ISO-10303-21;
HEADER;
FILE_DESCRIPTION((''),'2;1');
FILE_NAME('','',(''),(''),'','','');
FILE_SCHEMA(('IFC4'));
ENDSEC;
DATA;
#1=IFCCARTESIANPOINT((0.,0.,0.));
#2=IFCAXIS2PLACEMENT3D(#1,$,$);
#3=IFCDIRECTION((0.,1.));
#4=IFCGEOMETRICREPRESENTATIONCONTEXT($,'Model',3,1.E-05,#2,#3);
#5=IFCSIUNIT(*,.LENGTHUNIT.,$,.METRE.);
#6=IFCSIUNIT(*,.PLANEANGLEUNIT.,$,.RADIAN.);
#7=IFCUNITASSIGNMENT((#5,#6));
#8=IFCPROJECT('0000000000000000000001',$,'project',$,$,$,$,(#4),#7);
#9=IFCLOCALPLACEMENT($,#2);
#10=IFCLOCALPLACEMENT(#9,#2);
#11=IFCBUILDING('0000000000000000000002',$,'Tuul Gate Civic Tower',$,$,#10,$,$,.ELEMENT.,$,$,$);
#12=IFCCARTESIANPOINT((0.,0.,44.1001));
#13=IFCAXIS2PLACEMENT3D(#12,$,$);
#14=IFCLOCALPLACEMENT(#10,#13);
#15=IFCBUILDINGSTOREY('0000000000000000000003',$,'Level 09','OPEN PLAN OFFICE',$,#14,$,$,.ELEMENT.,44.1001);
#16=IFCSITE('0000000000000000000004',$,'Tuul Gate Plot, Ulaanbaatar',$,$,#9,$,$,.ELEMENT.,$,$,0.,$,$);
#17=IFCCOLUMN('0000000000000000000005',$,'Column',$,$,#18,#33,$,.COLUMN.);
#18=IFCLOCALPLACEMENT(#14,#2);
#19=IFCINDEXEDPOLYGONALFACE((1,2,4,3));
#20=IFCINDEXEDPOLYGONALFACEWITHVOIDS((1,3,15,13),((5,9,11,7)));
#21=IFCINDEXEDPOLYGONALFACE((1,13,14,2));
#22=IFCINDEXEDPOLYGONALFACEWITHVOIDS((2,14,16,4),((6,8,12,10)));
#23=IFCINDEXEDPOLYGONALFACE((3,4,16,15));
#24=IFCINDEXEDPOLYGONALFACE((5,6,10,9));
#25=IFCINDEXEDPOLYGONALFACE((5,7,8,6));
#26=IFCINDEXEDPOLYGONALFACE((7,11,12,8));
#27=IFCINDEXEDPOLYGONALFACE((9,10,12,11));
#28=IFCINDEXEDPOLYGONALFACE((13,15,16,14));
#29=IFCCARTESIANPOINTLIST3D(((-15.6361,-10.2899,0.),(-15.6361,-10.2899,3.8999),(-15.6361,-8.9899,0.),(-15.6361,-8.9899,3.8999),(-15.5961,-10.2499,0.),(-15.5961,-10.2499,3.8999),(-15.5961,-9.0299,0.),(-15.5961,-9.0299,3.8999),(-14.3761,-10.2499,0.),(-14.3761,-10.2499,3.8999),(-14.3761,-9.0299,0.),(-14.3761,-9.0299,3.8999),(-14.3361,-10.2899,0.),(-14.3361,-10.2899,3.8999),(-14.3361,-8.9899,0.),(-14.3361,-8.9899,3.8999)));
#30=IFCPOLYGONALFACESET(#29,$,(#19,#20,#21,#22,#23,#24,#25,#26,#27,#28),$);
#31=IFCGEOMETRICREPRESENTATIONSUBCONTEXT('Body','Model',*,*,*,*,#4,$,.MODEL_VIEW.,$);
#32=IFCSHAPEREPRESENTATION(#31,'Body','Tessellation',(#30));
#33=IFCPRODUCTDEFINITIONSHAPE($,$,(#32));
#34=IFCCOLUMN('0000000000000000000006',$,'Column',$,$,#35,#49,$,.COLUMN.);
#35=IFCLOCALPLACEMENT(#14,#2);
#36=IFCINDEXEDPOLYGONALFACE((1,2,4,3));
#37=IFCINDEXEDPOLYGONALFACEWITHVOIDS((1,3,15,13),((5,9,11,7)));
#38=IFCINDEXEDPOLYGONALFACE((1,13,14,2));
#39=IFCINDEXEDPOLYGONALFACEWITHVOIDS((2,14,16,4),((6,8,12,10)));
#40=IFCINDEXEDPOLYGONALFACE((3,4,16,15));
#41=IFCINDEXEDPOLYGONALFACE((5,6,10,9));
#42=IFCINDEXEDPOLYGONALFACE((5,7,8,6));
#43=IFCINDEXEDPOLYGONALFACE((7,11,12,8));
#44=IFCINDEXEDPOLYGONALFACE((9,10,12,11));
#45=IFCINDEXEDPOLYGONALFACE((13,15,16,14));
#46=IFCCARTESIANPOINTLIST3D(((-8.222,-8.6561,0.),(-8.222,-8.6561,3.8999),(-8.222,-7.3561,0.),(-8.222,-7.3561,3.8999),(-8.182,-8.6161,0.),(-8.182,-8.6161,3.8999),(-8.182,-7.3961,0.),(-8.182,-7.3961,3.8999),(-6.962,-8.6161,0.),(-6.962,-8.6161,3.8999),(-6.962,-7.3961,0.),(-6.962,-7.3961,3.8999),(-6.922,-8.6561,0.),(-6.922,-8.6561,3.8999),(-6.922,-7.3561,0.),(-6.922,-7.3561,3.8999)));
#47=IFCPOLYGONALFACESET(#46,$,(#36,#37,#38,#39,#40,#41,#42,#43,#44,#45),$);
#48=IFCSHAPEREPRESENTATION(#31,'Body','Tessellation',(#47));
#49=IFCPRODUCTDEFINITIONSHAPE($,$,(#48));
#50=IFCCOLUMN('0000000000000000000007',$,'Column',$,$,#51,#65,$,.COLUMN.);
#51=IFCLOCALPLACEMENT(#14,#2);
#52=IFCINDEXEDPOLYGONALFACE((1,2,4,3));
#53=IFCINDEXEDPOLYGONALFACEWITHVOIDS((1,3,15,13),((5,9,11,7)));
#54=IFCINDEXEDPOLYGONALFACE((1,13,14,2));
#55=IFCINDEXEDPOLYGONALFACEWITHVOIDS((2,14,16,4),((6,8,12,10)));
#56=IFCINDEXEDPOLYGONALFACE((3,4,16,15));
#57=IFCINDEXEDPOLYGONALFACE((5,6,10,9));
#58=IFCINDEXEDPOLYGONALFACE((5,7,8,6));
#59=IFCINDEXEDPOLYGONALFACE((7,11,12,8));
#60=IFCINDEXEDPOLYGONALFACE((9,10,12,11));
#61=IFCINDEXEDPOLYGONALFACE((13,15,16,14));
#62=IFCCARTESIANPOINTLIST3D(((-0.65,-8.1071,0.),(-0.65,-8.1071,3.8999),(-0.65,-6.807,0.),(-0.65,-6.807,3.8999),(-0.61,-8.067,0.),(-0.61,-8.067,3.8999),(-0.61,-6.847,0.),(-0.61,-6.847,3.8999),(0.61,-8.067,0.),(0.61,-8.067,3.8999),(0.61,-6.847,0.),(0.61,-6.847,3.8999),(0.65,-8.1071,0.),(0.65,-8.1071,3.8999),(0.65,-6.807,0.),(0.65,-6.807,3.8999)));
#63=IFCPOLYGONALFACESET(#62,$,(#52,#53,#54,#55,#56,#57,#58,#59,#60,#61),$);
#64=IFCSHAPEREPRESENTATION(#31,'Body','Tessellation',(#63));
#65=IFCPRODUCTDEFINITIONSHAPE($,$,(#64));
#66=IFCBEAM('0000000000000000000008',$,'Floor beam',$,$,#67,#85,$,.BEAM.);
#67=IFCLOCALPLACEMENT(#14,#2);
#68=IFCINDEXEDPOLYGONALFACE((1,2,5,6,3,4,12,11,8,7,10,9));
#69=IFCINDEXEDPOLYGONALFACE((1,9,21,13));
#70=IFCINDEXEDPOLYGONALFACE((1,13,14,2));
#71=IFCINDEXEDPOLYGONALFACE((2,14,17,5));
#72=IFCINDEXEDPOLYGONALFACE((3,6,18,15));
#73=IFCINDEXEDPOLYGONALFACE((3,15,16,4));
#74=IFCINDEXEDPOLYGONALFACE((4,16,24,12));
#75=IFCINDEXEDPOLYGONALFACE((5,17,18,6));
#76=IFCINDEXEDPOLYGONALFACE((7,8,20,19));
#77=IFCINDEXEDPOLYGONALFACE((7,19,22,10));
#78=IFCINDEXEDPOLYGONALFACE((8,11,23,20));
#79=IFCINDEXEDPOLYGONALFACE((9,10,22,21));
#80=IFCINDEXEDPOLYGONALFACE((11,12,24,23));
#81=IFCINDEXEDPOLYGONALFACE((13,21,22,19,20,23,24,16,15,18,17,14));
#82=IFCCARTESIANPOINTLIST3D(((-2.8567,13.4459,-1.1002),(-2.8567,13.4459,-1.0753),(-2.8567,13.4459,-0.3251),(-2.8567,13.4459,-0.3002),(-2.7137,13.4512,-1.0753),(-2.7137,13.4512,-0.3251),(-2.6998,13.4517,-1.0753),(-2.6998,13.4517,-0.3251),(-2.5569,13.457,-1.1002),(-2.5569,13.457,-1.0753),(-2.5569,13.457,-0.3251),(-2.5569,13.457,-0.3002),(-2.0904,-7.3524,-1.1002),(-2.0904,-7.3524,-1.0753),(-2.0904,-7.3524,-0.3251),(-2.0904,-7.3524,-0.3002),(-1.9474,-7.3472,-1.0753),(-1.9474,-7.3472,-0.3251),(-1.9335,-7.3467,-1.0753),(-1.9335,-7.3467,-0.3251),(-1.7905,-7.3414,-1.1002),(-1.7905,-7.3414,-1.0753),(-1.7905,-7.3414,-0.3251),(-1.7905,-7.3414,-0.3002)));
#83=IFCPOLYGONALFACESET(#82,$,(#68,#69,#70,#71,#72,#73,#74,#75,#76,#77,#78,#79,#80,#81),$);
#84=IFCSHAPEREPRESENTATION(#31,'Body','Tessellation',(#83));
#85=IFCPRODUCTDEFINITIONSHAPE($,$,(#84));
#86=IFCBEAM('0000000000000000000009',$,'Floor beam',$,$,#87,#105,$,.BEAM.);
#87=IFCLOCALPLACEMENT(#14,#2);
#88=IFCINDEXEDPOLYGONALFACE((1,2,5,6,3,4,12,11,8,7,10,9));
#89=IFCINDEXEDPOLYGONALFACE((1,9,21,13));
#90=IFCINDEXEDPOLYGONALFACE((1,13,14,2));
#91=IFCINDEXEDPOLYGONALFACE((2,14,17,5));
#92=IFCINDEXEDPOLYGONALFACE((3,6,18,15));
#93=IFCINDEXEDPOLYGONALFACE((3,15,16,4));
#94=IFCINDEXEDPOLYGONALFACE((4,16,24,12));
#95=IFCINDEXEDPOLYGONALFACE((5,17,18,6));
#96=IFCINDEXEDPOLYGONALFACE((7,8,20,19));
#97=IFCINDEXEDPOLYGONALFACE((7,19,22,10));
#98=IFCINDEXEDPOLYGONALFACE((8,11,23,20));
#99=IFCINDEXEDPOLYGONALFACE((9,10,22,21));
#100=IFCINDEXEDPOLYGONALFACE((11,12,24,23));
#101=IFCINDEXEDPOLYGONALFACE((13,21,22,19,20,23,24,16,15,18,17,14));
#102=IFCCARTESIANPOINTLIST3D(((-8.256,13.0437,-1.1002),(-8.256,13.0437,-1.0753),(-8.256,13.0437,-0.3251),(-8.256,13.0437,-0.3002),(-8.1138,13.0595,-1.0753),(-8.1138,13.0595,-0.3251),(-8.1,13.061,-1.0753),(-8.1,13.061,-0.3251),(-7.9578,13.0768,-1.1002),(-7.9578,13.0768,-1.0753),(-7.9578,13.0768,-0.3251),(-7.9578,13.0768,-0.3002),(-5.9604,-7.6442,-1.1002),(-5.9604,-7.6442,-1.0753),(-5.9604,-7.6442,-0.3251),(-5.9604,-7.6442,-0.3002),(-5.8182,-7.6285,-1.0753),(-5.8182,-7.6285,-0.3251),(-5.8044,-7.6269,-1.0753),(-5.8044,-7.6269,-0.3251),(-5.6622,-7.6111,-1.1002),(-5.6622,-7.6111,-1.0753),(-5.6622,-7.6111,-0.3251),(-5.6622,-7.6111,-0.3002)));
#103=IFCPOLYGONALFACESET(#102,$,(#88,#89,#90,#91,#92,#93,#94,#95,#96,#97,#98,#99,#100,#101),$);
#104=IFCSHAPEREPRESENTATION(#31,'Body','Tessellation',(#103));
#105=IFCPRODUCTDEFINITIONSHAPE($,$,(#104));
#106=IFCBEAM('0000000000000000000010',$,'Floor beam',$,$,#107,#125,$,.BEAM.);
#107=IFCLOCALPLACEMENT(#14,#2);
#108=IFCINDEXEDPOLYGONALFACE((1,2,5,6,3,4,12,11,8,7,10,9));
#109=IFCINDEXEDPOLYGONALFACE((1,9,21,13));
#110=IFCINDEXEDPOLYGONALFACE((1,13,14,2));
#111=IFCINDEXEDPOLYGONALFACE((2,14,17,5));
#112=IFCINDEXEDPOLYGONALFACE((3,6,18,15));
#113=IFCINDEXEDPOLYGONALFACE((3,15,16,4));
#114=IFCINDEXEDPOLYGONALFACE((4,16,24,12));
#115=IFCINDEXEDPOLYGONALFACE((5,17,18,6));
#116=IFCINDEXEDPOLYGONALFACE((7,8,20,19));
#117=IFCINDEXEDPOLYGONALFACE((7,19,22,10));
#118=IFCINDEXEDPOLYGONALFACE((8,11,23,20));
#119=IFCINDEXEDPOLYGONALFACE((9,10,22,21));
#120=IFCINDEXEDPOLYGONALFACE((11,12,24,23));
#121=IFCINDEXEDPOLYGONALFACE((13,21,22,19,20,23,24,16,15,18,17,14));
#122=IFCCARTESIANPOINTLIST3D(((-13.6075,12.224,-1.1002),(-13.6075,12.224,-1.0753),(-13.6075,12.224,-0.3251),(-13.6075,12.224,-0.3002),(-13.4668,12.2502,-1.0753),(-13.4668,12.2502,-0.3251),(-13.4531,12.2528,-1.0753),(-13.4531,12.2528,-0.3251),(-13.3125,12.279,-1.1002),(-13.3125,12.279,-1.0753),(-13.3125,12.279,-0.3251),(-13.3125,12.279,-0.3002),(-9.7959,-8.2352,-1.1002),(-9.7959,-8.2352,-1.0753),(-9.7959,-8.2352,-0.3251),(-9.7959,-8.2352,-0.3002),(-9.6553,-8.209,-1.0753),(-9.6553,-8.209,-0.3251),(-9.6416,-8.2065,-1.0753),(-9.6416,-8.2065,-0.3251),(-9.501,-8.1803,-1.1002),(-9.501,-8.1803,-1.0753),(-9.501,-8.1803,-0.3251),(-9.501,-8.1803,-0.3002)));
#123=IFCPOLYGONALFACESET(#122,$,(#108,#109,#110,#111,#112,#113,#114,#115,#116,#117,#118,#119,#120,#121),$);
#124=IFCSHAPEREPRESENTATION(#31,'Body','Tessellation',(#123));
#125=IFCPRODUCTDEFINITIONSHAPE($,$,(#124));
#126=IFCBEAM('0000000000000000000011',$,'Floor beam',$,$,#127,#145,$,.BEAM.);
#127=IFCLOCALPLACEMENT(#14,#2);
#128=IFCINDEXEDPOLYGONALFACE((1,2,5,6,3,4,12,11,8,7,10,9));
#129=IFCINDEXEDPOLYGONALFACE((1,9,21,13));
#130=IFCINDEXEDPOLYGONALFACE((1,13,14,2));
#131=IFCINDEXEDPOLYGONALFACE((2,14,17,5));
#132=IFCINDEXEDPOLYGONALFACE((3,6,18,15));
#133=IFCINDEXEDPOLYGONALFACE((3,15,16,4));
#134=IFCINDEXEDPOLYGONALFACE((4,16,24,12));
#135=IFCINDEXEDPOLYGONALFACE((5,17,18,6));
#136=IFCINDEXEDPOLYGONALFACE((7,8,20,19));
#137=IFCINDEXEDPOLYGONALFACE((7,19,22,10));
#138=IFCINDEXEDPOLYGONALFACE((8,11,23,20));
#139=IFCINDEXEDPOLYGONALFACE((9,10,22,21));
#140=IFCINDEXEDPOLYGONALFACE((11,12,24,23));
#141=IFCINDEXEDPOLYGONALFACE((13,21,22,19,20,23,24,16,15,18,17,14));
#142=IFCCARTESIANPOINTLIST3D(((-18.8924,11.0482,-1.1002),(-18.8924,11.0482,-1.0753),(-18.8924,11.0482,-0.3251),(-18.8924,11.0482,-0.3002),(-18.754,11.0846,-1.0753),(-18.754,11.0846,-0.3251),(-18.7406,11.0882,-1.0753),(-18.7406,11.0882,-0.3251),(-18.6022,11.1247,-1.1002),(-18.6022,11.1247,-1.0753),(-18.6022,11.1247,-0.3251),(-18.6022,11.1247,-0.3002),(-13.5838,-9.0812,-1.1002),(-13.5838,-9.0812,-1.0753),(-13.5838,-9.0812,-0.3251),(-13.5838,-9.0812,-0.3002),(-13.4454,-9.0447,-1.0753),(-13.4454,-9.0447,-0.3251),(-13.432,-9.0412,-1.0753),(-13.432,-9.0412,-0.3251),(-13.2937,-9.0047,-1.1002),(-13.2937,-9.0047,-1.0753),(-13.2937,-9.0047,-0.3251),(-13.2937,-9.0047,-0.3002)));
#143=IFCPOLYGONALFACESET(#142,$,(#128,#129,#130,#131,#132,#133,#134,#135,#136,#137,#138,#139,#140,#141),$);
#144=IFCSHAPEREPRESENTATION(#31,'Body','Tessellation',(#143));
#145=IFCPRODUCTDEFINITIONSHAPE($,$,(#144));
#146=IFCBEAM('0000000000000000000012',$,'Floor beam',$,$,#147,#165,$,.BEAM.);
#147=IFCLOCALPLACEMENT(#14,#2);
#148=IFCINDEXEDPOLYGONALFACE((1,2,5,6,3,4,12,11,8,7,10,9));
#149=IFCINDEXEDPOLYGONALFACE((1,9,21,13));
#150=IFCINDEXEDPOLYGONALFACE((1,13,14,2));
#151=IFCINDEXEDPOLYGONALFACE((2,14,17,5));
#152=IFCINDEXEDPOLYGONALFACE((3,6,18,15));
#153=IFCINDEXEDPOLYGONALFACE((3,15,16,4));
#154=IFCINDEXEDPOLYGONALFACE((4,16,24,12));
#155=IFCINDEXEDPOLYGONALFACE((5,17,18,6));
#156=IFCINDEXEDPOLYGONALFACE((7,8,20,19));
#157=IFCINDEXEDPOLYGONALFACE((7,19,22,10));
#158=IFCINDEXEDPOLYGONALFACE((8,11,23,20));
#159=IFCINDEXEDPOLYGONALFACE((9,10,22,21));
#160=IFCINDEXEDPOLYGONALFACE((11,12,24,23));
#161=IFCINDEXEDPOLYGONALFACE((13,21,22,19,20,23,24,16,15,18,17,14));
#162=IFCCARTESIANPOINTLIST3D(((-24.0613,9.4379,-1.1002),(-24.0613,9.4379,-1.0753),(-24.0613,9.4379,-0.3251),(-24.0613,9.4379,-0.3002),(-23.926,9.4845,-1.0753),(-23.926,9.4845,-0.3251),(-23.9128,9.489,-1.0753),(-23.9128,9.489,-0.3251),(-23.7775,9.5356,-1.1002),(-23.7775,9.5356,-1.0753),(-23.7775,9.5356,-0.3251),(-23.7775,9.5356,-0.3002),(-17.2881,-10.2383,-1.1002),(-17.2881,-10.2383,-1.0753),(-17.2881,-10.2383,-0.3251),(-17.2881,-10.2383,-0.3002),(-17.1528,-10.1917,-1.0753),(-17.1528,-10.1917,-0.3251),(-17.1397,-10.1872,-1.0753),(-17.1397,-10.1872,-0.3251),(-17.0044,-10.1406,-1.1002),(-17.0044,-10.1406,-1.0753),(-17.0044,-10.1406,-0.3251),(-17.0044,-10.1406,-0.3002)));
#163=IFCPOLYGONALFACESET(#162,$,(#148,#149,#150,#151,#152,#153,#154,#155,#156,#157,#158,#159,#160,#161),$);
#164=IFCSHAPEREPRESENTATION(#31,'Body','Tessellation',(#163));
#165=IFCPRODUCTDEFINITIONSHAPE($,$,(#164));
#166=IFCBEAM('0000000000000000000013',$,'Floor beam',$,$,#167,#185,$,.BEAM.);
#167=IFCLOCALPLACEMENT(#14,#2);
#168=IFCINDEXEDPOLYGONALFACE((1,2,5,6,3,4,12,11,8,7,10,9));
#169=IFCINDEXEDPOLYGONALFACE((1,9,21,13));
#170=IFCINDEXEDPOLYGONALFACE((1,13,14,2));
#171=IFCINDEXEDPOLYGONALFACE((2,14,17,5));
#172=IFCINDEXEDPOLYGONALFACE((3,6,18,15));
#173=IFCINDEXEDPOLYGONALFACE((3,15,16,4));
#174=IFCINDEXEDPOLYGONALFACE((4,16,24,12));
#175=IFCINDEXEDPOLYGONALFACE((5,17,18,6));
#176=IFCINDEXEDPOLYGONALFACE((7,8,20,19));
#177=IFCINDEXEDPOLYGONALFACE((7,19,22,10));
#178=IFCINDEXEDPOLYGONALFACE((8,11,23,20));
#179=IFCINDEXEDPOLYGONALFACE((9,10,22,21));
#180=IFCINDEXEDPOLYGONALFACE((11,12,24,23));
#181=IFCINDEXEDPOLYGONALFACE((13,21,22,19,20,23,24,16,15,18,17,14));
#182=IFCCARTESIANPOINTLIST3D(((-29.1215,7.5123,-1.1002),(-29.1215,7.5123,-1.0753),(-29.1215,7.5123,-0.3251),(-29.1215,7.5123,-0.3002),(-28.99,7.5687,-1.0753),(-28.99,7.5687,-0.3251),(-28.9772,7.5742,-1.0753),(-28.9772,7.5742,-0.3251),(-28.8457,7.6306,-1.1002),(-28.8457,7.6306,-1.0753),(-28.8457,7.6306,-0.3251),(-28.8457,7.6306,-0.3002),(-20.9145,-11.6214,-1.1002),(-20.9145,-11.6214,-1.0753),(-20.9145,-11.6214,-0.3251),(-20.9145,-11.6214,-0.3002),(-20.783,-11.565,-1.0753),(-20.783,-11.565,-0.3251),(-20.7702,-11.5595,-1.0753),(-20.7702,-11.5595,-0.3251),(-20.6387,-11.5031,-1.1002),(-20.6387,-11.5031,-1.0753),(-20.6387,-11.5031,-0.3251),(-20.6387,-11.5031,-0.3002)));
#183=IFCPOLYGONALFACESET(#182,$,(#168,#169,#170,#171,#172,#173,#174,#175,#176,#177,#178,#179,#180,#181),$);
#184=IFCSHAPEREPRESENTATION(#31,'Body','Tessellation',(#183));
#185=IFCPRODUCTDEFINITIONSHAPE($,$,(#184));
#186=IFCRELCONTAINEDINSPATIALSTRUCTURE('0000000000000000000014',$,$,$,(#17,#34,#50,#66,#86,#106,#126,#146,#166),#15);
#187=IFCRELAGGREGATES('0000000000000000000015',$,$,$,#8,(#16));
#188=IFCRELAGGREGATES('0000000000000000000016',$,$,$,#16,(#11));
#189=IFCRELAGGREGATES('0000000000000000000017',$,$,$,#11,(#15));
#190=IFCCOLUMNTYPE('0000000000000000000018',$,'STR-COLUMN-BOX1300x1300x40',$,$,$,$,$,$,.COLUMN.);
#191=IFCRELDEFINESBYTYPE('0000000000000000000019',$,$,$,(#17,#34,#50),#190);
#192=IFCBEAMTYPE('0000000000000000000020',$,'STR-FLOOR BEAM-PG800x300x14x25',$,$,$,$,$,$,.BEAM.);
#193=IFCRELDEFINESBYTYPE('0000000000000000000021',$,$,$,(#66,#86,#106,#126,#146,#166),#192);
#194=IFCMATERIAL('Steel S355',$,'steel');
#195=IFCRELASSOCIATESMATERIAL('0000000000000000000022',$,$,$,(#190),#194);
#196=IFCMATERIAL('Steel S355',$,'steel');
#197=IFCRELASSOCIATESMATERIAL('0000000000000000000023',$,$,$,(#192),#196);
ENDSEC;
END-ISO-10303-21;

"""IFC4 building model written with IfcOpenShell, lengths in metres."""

from ifc_helpers import new_model, si_unit, direction, frame, origin, origin_2d, place, context, subcontext, project, spatial, hollow_rectangle, i_section, extrude, material, material_profile, profile_set, type_object, element, save


model = new_model("IFC4")

# Units and contexts
model_context = context("Model", 3, precision=1e-05, world=origin(), true_north=direction((0.0, 1.0)))
body_context = subcontext(model_context, "Body", "Model", "MODEL_VIEW")
ifc_project = project(units=[si_unit("LENGTHUNIT", "METRE"), si_unit("PLANEANGLEUNIT", "RADIAN")], contexts=[model_context])

# Site, building, storey
site_placement = place(None, origin())
site = spatial("IfcSite", under=ifc_project, at=site_placement, Name="Tuul Gate Plot, Ulaanbaatar", CompositionType="ELEMENT", RefElevation=0.0)
building_placement = place(site_placement, origin())
building = spatial("IfcBuilding", under=site, at=building_placement, Name="Tuul Gate Civic Tower", CompositionType="ELEMENT")
storey_placement = place(building_placement, frame((0.0, 0.0, 44.1001)))
storey = spatial("IfcBuildingStorey", under=building, at=storey_placement, Name="Level 09", Description="OPEN PLAN OFFICE", CompositionType="ELEMENT", Elevation=44.1001)

# Columns
ifc_material_1 = material(Name="Steel S355", Category="steel")
ifc_material_profile_1 = material_profile(ifc_material_1, hollow_rectangle(XDim=1.3, YDim=1.3, WallThickness=0.04, at=origin_2d()), Name="BOX1300x1300x40")
ifc_profile_set_1 = profile_set([ifc_material_profile_1], Name="Steel S355")
column_type = type_object("IfcColumnType", Name="STR-COLUMN-BOX1300x1300x40", PredefinedType="COLUMN", material=ifc_profile_set_1)
for number, where, z_axis, x_axis, name in (
    (1, (-14.9861, -9.6399, 0.0), (0.0, 0.0, 1.0), (1.0, 0.0, 0.0), "Column"),
    (2, (-7.572, -8.0061, 0.0), (0.0, 0.0, 1.0), (1.0, 0.0, 0.0), "Column"),
    (3, (0.0, -7.457, 0.0), (0.0, 0.0, 1.0), (1.0, 0.0, 0.0), "Column"),
):
    element("IfcColumn", number, at=place(storey_placement, frame(where, z_axis=z_axis, x_axis=x_axis)), inside=storey, type_object=column_type, Name=name, PredefinedType="COLUMN", context=body_context, shape_type="SweptSolid", body=[
        extrude(hollow_rectangle(XDim=1.3, YDim=1.3, WallThickness=0.04, at=origin_2d()), origin(), (0.0, 0.0, 1.0), 3.8999),
    ])

# Beams
ifc_material_2 = material(Name="Steel S355", Category="steel")
ifc_material_profile_2 = material_profile(ifc_material_2, i_section(OverallWidth=0.3, OverallDepth=0.8, WebThickness=0.0139, FlangeThickness=0.0249, at=origin_2d()), Name="PG800x300x14x25")
ifc_profile_set_2 = profile_set([ifc_material_profile_2], Name="Steel S355")
beam_type_1 = type_object("IfcBeamType", Name="STR-FLOOR BEAM-PG800x300x14x25", PredefinedType="BEAM", material=ifc_profile_set_2)
beam_1_placement = place(storey_placement, frame((-1.9404, -7.3469, -0.7002), z_axis=(-0.036822, 0.999322, 0.0), x_axis=(-0.999322, -0.036822, 0.0)))
element("IfcBeam", 4, at=beam_1_placement, inside=storey, type_object=beam_type_1, Name="Floor beam", PredefinedType="BEAM", context=body_context, shape_type="SweptSolid", body=[
    extrude(i_section(OverallWidth=0.3, OverallDepth=0.8, WebThickness=0.0139, FlangeThickness=0.0249, at=origin_2d()), origin(), (0.0, 0.0, 1.0), 20.8125),
])
beam_2_placement = place(storey_placement, frame((-5.8113, -7.6277, -0.7002), z_axis=(-0.110289, 0.9939, 0.0), x_axis=(-0.9939, -0.110289, 0.0)))
element("IfcBeam", 5, at=beam_2_placement, inside=storey, type_object=beam_type_1, Name="Floor beam", PredefinedType="BEAM", context=body_context, shape_type="SweptSolid", body=[
    extrude(i_section(OverallWidth=0.3, OverallDepth=0.8, WebThickness=0.0139, FlangeThickness=0.0249, at=origin_2d()), origin(), (0.0, 0.0, 1.0), 20.8149),
])
beam_3_placement = place(storey_placement, frame((-9.6484, -8.2078, -0.7002), z_axis=(-0.183147, 0.983085, 0.0), x_axis=(-0.983085, -0.183147, 0.0)))
element("IfcBeam", 6, at=beam_3_placement, inside=storey, type_object=beam_type_1, Name="Floor beam", PredefinedType="BEAM", context=body_context, shape_type="SweptSolid", body=[
    extrude(i_section(OverallWidth=0.3, OverallDepth=0.8, WebThickness=0.0139, FlangeThickness=0.0249, at=origin_2d()), origin(), (0.0, 0.0, 1.0), 20.8113),
])
beam_4_placement = place(storey_placement, frame((-13.4387, -9.043, -0.7002), z_axis=(-0.255005, 0.96694, 0.0), x_axis=(-0.96694, -0.255005, 0.0)))
element("IfcBeam", 7, at=beam_4_placement, inside=storey, type_object=beam_type_1, Name="Floor beam", PredefinedType="BEAM", context=body_context, shape_type="SweptSolid", body=[
    extrude(i_section(OverallWidth=0.3, OverallDepth=0.8, WebThickness=0.0139, FlangeThickness=0.0249, at=origin_2d()), origin(), (0.0, 0.0, 1.0), 20.8176),
])
beam_5_placement = place(storey_placement, frame((-17.1462, -10.1895, -0.7002), z_axis=(-0.325487, 0.945547, 0.0), x_axis=(-0.945547, -0.325487, 0.0)))
element("IfcBeam", 8, at=beam_5_placement, inside=storey, type_object=beam_type_1, Name="Floor beam", PredefinedType="BEAM", context=body_context, shape_type="SweptSolid", body=[
    extrude(i_section(OverallWidth=0.3, OverallDepth=0.8, WebThickness=0.0139, FlangeThickness=0.0249, at=origin_2d()), origin(), (0.0, 0.0, 1.0), 20.8093),
])
beam_6_placement = place(storey_placement, frame((-20.7766, -11.5623, -0.7002), z_axis=(-0.394197, 0.919026, 0.0), x_axis=(-0.919026, -0.394197, 0.0)))
element("IfcBeam", 9, at=beam_6_placement, inside=storey, type_object=beam_type_1, Name="Floor beam", PredefinedType="BEAM", context=body_context, shape_type="SweptSolid", body=[
    extrude(i_section(OverallWidth=0.3, OverallDepth=0.8, WebThickness=0.0139, FlangeThickness=0.0249, at=origin_2d()), origin(), (0.0, 0.0, 1.0), 20.8196),
])

save(model, "model.ifc")
